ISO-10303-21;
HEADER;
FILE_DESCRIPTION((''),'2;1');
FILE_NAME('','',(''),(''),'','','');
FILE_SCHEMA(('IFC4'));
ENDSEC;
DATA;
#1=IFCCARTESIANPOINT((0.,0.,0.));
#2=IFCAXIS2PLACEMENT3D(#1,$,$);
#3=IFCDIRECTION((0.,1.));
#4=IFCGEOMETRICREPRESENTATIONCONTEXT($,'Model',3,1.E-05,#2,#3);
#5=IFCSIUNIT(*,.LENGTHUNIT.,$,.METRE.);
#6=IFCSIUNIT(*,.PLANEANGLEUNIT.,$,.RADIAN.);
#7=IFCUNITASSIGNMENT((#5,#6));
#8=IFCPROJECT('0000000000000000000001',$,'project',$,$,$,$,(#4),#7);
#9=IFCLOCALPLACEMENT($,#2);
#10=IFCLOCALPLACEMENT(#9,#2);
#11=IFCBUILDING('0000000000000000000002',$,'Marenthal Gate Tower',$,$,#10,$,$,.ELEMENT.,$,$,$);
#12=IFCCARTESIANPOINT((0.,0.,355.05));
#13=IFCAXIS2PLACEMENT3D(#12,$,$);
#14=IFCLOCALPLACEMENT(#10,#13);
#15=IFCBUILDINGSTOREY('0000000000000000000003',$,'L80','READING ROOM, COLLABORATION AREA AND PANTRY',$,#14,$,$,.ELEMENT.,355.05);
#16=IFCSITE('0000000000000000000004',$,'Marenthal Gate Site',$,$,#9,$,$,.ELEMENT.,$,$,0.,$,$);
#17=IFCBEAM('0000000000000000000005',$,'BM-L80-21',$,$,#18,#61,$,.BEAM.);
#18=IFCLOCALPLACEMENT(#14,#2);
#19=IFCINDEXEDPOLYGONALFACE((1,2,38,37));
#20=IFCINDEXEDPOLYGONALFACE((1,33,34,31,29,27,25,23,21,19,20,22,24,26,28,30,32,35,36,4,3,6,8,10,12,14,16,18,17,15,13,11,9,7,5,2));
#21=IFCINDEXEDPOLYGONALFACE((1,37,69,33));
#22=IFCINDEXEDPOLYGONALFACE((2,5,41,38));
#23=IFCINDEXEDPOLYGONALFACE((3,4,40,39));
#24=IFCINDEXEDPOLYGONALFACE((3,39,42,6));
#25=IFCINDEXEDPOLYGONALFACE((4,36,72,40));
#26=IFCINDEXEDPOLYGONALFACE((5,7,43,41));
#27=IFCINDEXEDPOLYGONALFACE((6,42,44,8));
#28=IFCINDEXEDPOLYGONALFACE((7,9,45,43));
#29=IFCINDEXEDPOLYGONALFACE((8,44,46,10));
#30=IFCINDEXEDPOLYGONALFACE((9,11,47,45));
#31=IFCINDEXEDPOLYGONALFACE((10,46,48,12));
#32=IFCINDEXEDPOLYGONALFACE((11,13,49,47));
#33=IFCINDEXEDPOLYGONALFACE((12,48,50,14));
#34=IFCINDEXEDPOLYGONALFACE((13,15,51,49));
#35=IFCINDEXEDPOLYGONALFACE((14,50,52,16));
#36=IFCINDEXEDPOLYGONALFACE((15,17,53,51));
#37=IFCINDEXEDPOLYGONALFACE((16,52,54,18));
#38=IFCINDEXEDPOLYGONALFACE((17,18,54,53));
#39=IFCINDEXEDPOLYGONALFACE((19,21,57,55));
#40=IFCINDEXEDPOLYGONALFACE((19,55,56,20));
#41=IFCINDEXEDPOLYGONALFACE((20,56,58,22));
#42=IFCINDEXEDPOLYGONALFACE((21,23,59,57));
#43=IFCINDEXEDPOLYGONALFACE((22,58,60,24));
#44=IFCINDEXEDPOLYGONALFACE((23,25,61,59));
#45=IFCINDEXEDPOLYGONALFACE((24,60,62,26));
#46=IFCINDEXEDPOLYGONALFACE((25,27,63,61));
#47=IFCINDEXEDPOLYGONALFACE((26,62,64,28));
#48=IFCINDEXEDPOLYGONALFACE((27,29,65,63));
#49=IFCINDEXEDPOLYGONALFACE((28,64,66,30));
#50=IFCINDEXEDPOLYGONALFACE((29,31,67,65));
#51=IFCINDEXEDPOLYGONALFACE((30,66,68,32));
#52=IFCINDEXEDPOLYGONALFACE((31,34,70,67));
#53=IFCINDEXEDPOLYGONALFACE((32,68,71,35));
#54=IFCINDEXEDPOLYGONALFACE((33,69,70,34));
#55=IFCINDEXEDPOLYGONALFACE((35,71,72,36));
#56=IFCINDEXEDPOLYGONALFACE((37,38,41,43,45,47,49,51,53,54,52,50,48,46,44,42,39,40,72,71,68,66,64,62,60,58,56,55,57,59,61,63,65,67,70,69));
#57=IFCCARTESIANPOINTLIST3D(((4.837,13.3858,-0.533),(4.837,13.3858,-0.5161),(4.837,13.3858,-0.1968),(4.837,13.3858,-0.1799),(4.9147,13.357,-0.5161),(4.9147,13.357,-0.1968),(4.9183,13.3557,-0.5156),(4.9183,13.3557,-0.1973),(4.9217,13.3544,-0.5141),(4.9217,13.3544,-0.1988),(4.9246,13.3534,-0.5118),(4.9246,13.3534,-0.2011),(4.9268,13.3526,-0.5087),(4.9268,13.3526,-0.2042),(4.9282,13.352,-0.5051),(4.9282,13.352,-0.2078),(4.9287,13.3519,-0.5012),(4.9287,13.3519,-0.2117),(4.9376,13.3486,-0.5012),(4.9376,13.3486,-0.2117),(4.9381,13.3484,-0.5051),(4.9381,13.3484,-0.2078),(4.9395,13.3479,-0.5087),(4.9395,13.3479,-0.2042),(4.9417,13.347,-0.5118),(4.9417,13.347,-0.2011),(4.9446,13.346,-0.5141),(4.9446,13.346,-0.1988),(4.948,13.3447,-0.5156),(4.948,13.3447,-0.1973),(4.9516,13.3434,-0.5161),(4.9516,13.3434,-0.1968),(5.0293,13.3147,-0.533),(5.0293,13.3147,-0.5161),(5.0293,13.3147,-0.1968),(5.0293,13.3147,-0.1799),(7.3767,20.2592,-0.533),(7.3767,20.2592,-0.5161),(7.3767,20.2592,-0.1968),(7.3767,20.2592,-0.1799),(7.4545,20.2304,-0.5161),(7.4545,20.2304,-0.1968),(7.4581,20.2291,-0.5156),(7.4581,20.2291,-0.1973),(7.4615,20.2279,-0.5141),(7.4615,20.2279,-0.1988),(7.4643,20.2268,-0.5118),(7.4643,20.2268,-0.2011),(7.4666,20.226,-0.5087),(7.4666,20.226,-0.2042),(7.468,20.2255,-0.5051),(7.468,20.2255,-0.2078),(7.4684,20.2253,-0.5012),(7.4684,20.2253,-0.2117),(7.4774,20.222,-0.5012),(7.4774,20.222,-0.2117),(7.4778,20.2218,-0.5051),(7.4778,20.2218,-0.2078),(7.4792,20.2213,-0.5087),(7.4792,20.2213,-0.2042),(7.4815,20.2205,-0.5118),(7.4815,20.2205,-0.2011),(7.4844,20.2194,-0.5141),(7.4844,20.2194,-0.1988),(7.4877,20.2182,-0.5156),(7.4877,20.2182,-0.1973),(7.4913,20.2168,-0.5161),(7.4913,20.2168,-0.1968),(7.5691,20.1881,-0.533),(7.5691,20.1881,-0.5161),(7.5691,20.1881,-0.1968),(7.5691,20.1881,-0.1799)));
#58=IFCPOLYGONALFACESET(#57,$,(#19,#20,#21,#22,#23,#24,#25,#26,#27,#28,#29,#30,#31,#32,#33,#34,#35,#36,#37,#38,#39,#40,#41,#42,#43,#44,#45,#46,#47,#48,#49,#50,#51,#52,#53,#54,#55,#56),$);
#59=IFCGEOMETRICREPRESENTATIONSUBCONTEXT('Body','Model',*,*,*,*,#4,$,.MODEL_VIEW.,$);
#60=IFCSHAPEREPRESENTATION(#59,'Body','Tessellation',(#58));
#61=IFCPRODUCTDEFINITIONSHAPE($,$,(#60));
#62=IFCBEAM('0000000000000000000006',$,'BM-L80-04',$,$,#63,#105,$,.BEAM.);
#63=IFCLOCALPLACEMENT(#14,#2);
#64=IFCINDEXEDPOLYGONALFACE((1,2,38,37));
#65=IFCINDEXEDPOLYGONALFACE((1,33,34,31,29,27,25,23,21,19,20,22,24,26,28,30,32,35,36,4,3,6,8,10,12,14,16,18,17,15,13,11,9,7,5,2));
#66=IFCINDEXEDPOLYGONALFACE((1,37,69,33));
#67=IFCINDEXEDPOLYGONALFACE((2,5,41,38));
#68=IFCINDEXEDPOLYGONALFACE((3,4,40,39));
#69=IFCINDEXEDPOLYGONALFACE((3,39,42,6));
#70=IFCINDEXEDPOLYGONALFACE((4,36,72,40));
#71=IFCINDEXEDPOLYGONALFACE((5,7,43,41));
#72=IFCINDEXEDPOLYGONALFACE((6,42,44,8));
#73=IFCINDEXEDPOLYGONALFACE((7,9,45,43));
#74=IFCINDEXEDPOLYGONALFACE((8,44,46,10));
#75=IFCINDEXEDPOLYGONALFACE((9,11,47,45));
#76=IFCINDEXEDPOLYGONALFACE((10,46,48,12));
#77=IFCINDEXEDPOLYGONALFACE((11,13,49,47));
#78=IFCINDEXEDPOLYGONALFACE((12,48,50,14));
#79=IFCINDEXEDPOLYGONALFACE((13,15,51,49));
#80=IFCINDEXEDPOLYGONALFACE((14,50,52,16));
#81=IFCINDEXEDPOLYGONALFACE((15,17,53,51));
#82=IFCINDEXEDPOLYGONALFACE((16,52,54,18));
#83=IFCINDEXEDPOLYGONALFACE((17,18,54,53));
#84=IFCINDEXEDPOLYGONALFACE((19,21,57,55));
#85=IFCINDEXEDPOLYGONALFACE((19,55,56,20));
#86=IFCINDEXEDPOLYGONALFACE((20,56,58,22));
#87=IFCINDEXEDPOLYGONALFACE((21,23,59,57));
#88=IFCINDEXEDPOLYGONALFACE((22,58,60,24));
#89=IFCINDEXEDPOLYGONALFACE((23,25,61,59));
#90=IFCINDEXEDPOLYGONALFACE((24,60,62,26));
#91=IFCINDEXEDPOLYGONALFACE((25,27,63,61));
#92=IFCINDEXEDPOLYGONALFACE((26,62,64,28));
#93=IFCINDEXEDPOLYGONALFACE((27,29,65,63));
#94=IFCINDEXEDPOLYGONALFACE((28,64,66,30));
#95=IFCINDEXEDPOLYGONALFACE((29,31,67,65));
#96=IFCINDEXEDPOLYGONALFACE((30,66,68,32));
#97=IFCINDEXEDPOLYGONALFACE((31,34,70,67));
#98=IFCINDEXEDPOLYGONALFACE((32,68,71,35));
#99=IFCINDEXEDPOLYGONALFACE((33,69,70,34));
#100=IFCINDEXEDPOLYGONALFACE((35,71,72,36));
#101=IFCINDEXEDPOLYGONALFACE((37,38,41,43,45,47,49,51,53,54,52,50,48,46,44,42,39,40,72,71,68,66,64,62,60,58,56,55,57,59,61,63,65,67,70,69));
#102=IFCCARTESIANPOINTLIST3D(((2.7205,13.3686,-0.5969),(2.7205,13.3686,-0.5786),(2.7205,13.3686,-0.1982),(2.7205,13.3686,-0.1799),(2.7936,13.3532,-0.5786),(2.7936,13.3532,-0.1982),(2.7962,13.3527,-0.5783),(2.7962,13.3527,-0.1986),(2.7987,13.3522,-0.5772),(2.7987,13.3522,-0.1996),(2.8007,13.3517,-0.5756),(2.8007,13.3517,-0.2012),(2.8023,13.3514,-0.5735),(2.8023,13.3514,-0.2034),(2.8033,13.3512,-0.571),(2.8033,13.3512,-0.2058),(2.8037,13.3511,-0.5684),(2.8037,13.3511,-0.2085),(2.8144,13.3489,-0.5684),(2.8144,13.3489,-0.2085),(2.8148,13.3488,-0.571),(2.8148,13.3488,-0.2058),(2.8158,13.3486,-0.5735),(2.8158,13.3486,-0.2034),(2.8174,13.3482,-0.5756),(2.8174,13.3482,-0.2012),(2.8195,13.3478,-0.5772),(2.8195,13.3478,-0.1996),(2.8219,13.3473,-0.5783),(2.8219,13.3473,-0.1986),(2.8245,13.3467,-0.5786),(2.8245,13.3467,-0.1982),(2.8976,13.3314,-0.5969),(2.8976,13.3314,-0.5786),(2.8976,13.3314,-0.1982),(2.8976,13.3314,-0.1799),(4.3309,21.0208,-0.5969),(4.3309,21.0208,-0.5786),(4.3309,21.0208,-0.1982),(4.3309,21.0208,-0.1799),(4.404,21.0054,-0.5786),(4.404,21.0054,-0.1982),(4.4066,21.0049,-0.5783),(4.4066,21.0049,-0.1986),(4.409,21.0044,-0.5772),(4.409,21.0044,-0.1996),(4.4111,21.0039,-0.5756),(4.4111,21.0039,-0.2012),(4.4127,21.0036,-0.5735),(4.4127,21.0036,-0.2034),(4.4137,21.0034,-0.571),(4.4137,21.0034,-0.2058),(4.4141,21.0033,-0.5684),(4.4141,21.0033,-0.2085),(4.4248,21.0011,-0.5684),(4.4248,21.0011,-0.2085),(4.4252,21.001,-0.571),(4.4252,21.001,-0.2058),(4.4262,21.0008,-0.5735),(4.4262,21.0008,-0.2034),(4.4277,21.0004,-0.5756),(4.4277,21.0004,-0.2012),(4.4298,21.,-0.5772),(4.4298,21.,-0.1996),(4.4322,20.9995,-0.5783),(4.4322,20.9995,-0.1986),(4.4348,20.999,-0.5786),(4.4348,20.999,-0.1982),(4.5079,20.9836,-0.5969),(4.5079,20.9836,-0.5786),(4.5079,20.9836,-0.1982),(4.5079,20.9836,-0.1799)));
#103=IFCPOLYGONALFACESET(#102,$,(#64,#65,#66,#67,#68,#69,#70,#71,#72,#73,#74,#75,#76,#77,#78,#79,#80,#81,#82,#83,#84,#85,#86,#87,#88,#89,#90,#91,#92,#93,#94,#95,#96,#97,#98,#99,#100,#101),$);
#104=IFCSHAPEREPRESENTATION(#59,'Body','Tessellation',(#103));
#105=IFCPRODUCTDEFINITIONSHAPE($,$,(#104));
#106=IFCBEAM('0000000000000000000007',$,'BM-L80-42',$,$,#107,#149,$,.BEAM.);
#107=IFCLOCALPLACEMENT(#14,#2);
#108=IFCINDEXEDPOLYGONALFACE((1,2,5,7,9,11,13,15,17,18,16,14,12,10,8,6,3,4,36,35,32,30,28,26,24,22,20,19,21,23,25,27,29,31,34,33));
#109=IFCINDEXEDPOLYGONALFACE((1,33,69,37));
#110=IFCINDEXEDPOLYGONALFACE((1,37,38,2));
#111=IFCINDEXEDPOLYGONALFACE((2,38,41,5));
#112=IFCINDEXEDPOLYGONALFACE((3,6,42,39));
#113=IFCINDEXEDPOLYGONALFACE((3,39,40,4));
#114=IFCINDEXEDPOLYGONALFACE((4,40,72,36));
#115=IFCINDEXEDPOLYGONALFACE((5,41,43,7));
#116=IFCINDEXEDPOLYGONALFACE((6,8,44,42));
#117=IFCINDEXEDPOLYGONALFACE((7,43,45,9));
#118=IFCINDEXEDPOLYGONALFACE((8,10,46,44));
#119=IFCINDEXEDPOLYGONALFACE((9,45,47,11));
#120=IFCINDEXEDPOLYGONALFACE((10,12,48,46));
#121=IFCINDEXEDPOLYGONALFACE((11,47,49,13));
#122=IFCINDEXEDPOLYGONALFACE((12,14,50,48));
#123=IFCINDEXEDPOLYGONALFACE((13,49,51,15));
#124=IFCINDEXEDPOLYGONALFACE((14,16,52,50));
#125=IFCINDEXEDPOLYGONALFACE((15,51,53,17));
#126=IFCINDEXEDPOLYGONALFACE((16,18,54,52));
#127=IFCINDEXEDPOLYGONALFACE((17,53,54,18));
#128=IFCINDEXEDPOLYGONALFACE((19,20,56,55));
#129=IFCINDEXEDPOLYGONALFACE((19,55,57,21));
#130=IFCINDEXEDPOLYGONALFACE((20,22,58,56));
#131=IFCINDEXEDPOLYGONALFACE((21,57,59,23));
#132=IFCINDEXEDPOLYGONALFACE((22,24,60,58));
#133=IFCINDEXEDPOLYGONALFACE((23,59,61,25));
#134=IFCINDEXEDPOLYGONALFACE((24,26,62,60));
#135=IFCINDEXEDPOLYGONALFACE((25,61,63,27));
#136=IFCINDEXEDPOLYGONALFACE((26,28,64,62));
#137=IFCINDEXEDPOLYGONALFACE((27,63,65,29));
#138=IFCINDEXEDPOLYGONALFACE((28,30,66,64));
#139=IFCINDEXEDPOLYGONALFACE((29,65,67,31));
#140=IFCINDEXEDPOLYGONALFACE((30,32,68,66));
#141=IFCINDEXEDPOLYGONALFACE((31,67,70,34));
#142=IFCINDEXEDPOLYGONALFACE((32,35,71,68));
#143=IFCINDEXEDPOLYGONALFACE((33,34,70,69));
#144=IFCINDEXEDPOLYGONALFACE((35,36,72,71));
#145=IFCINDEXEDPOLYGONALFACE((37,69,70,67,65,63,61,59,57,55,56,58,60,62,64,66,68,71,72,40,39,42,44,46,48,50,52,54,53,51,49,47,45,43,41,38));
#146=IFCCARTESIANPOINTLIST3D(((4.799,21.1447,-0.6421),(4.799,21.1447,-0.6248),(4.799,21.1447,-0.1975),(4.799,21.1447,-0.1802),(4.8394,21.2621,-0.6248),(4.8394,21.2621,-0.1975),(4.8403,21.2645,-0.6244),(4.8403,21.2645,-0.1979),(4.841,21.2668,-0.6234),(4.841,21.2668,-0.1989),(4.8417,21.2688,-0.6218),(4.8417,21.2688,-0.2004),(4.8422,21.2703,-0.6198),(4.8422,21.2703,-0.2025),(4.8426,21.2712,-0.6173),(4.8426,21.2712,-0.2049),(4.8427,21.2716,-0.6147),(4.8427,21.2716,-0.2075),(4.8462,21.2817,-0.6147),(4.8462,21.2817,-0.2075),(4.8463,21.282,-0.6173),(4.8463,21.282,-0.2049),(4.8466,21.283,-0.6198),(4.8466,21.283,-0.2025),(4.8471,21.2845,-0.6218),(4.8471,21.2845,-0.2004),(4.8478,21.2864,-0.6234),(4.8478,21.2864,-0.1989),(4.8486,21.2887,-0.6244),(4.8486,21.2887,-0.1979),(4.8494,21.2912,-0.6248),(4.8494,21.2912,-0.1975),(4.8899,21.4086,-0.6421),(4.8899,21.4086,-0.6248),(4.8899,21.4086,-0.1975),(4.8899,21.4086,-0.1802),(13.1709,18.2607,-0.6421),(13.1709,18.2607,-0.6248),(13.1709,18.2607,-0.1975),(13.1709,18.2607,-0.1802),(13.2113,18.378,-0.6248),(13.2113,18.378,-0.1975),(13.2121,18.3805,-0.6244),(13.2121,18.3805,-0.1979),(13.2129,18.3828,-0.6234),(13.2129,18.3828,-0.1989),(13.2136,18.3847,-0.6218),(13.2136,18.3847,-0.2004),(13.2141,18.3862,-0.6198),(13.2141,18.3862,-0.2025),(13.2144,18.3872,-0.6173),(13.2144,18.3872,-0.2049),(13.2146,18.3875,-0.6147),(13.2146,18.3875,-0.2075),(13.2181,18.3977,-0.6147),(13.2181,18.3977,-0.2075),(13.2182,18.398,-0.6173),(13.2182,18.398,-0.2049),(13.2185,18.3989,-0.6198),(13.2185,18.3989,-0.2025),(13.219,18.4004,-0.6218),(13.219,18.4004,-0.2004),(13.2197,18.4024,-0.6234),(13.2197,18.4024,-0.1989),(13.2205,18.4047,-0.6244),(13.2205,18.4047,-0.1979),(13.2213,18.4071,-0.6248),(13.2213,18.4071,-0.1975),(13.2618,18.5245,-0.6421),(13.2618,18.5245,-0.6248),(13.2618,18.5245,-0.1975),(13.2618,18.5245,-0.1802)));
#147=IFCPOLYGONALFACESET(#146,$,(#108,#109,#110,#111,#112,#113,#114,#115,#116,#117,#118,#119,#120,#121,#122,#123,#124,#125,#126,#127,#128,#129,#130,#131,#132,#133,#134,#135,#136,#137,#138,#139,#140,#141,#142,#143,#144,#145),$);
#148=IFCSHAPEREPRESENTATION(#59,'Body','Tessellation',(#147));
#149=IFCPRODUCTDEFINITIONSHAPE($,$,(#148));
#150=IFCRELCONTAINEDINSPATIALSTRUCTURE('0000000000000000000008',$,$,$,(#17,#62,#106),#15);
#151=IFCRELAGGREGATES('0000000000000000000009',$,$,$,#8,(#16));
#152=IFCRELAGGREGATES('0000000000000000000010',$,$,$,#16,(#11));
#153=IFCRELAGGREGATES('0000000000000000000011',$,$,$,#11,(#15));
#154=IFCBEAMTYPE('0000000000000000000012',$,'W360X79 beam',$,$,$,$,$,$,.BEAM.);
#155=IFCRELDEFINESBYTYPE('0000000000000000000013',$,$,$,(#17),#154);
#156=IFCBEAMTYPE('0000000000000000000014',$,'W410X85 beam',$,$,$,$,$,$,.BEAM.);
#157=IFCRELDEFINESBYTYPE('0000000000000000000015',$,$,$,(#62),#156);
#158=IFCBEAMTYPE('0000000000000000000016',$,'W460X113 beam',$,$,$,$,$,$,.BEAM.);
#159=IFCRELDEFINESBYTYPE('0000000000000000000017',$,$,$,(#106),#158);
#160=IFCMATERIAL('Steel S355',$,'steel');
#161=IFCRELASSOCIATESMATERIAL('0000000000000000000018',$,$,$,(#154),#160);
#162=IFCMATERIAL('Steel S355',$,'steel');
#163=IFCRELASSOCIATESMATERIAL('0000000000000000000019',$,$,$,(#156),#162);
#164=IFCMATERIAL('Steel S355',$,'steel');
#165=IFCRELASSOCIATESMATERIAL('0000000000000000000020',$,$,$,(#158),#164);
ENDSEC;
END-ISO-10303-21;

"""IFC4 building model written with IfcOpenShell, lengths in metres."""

from ifc_helpers import new_model, si_unit, direction, frame, origin, origin_2d, place, context, subcontext, project, spatial, i_section, extrude, material, material_profile, profile_set, type_object, element, save


model = new_model("IFC4")

# Units and contexts
model_context = context("Model", 3, precision=1e-05, world=origin(), true_north=direction((0.0, 1.0)))
body_context = subcontext(model_context, "Body", "Model", "MODEL_VIEW")
ifc_project = project(units=[si_unit("LENGTHUNIT", "METRE"), si_unit("PLANEANGLEUNIT", "RADIAN")], contexts=[model_context])

# Site, building, storey
site_placement = place(None, origin())
site = spatial("IfcSite", under=ifc_project, at=site_placement, Name="Marenthal Gate Site", CompositionType="ELEMENT", RefElevation=0.0)
building_placement = place(site_placement, origin())
building = spatial("IfcBuilding", under=site, at=building_placement, Name="Marenthal Gate Tower", CompositionType="ELEMENT")
storey_placement = place(building_placement, frame((0.0, 0.0, 355.05)))
storey = spatial("IfcBuildingStorey", under=building, at=storey_placement, Name="L80", Description="READING ROOM, COLLABORATION AREA AND PANTRY", CompositionType="ELEMENT", Elevation=355.05)

# Beams
ifc_material_1 = material(Name="Steel S355", Category="steel")
ifc_material_profile_1 = material_profile(ifc_material_1, i_section(OverallWidth=0.2051, OverallDepth=0.353, WebThickness=0.0095, FlangeThickness=0.0168, FilletRadius=0.0149, at=origin_2d()), Name="W360X79")
ifc_profile_set_1 = profile_set([ifc_material_profile_1], Name="Steel S355")
beam_type_1 = type_object("IfcBeamType", Name="W360X79 beam", PredefinedType="BEAM", material=ifc_profile_set_1)
beam_1_placement = place(storey_placement, frame((7.4729, 20.2236, -0.3564), z_axis=(-0.346599, -0.938013, 0.0), x_axis=(0.938013, -0.346599, 0.0)))
element("IfcBeam", 1, at=beam_1_placement, inside=storey, type_object=beam_type_1, Name="BM-L80-21", PredefinedType="BEAM", context=body_context, shape_type="SweptSolid", body=[
    extrude(i_section(OverallWidth=0.2051, OverallDepth=0.353, WebThickness=0.0095, FlangeThickness=0.0168, FilletRadius=0.0149, at=origin_2d()), origin(), (0.0, 0.0, 1.0), 7.3276),
])
ifc_material_2 = material(Name="Steel S355", Category="steel")
ifc_material_profile_2 = material_profile(ifc_material_2, i_section(OverallWidth=0.1809, OverallDepth=0.417, WebThickness=0.011, FlangeThickness=0.0183, FilletRadius=0.0103, at=origin_2d()), Name="W410X85")
ifc_profile_set_2 = profile_set([ifc_material_profile_2], Name="Steel S355")
beam_type_2 = type_object("IfcBeamType", Name="W410X85 beam", PredefinedType="BEAM", material=ifc_profile_set_2)
beam_2_placement = place(storey_placement, frame((4.4194, 21.0022, -0.3884), z_axis=(-0.205935, -0.978566, 0.0), x_axis=(0.978566, -0.205935, 0.0)))
element("IfcBeam", 2, at=beam_2_placement, inside=storey, type_object=beam_type_2, Name="BM-L80-04", PredefinedType="BEAM", context=body_context, shape_type="SweptSolid", body=[
    extrude(i_section(OverallWidth=0.1809, OverallDepth=0.417, WebThickness=0.011, FlangeThickness=0.0183, FilletRadius=0.0103, at=origin_2d()), origin(), (0.0, 0.0, 1.0), 7.8198),
])
ifc_material_3 = material(Name="Steel S355", Category="steel")
ifc_material_profile_3 = material_profile(ifc_material_3, i_section(OverallWidth=0.2791, OverallDepth=0.4619, WebThickness=0.0107, FlangeThickness=0.0173, FilletRadius=0.01, at=origin_2d()), Name="W460X113")
ifc_profile_set_3 = profile_set([ifc_material_profile_3], Name="Steel S355")
beam_type_3 = type_object("IfcBeamType", Name="W460X113 beam", PredefinedType="BEAM", material=ifc_profile_set_3)
beam_3_placement = place(storey_placement, frame((13.2163, 18.3926, -0.4111), z_axis=(-0.945471, 0.325708, 0.0), x_axis=(-0.325708, -0.945471, 0.0)))
element("IfcBeam", 3, at=beam_3_placement, inside=storey, type_object=beam_type_3, Name="BM-L80-42", PredefinedType="BEAM", context=body_context, shape_type="SweptSolid", body=[
    extrude(i_section(OverallWidth=0.2791, OverallDepth=0.4619, WebThickness=0.0107, FlangeThickness=0.0173, FilletRadius=0.01, at=origin_2d()), origin(), (0.0, 0.0, 1.0), 8.8547),
])

save(model, "model.ifc")
